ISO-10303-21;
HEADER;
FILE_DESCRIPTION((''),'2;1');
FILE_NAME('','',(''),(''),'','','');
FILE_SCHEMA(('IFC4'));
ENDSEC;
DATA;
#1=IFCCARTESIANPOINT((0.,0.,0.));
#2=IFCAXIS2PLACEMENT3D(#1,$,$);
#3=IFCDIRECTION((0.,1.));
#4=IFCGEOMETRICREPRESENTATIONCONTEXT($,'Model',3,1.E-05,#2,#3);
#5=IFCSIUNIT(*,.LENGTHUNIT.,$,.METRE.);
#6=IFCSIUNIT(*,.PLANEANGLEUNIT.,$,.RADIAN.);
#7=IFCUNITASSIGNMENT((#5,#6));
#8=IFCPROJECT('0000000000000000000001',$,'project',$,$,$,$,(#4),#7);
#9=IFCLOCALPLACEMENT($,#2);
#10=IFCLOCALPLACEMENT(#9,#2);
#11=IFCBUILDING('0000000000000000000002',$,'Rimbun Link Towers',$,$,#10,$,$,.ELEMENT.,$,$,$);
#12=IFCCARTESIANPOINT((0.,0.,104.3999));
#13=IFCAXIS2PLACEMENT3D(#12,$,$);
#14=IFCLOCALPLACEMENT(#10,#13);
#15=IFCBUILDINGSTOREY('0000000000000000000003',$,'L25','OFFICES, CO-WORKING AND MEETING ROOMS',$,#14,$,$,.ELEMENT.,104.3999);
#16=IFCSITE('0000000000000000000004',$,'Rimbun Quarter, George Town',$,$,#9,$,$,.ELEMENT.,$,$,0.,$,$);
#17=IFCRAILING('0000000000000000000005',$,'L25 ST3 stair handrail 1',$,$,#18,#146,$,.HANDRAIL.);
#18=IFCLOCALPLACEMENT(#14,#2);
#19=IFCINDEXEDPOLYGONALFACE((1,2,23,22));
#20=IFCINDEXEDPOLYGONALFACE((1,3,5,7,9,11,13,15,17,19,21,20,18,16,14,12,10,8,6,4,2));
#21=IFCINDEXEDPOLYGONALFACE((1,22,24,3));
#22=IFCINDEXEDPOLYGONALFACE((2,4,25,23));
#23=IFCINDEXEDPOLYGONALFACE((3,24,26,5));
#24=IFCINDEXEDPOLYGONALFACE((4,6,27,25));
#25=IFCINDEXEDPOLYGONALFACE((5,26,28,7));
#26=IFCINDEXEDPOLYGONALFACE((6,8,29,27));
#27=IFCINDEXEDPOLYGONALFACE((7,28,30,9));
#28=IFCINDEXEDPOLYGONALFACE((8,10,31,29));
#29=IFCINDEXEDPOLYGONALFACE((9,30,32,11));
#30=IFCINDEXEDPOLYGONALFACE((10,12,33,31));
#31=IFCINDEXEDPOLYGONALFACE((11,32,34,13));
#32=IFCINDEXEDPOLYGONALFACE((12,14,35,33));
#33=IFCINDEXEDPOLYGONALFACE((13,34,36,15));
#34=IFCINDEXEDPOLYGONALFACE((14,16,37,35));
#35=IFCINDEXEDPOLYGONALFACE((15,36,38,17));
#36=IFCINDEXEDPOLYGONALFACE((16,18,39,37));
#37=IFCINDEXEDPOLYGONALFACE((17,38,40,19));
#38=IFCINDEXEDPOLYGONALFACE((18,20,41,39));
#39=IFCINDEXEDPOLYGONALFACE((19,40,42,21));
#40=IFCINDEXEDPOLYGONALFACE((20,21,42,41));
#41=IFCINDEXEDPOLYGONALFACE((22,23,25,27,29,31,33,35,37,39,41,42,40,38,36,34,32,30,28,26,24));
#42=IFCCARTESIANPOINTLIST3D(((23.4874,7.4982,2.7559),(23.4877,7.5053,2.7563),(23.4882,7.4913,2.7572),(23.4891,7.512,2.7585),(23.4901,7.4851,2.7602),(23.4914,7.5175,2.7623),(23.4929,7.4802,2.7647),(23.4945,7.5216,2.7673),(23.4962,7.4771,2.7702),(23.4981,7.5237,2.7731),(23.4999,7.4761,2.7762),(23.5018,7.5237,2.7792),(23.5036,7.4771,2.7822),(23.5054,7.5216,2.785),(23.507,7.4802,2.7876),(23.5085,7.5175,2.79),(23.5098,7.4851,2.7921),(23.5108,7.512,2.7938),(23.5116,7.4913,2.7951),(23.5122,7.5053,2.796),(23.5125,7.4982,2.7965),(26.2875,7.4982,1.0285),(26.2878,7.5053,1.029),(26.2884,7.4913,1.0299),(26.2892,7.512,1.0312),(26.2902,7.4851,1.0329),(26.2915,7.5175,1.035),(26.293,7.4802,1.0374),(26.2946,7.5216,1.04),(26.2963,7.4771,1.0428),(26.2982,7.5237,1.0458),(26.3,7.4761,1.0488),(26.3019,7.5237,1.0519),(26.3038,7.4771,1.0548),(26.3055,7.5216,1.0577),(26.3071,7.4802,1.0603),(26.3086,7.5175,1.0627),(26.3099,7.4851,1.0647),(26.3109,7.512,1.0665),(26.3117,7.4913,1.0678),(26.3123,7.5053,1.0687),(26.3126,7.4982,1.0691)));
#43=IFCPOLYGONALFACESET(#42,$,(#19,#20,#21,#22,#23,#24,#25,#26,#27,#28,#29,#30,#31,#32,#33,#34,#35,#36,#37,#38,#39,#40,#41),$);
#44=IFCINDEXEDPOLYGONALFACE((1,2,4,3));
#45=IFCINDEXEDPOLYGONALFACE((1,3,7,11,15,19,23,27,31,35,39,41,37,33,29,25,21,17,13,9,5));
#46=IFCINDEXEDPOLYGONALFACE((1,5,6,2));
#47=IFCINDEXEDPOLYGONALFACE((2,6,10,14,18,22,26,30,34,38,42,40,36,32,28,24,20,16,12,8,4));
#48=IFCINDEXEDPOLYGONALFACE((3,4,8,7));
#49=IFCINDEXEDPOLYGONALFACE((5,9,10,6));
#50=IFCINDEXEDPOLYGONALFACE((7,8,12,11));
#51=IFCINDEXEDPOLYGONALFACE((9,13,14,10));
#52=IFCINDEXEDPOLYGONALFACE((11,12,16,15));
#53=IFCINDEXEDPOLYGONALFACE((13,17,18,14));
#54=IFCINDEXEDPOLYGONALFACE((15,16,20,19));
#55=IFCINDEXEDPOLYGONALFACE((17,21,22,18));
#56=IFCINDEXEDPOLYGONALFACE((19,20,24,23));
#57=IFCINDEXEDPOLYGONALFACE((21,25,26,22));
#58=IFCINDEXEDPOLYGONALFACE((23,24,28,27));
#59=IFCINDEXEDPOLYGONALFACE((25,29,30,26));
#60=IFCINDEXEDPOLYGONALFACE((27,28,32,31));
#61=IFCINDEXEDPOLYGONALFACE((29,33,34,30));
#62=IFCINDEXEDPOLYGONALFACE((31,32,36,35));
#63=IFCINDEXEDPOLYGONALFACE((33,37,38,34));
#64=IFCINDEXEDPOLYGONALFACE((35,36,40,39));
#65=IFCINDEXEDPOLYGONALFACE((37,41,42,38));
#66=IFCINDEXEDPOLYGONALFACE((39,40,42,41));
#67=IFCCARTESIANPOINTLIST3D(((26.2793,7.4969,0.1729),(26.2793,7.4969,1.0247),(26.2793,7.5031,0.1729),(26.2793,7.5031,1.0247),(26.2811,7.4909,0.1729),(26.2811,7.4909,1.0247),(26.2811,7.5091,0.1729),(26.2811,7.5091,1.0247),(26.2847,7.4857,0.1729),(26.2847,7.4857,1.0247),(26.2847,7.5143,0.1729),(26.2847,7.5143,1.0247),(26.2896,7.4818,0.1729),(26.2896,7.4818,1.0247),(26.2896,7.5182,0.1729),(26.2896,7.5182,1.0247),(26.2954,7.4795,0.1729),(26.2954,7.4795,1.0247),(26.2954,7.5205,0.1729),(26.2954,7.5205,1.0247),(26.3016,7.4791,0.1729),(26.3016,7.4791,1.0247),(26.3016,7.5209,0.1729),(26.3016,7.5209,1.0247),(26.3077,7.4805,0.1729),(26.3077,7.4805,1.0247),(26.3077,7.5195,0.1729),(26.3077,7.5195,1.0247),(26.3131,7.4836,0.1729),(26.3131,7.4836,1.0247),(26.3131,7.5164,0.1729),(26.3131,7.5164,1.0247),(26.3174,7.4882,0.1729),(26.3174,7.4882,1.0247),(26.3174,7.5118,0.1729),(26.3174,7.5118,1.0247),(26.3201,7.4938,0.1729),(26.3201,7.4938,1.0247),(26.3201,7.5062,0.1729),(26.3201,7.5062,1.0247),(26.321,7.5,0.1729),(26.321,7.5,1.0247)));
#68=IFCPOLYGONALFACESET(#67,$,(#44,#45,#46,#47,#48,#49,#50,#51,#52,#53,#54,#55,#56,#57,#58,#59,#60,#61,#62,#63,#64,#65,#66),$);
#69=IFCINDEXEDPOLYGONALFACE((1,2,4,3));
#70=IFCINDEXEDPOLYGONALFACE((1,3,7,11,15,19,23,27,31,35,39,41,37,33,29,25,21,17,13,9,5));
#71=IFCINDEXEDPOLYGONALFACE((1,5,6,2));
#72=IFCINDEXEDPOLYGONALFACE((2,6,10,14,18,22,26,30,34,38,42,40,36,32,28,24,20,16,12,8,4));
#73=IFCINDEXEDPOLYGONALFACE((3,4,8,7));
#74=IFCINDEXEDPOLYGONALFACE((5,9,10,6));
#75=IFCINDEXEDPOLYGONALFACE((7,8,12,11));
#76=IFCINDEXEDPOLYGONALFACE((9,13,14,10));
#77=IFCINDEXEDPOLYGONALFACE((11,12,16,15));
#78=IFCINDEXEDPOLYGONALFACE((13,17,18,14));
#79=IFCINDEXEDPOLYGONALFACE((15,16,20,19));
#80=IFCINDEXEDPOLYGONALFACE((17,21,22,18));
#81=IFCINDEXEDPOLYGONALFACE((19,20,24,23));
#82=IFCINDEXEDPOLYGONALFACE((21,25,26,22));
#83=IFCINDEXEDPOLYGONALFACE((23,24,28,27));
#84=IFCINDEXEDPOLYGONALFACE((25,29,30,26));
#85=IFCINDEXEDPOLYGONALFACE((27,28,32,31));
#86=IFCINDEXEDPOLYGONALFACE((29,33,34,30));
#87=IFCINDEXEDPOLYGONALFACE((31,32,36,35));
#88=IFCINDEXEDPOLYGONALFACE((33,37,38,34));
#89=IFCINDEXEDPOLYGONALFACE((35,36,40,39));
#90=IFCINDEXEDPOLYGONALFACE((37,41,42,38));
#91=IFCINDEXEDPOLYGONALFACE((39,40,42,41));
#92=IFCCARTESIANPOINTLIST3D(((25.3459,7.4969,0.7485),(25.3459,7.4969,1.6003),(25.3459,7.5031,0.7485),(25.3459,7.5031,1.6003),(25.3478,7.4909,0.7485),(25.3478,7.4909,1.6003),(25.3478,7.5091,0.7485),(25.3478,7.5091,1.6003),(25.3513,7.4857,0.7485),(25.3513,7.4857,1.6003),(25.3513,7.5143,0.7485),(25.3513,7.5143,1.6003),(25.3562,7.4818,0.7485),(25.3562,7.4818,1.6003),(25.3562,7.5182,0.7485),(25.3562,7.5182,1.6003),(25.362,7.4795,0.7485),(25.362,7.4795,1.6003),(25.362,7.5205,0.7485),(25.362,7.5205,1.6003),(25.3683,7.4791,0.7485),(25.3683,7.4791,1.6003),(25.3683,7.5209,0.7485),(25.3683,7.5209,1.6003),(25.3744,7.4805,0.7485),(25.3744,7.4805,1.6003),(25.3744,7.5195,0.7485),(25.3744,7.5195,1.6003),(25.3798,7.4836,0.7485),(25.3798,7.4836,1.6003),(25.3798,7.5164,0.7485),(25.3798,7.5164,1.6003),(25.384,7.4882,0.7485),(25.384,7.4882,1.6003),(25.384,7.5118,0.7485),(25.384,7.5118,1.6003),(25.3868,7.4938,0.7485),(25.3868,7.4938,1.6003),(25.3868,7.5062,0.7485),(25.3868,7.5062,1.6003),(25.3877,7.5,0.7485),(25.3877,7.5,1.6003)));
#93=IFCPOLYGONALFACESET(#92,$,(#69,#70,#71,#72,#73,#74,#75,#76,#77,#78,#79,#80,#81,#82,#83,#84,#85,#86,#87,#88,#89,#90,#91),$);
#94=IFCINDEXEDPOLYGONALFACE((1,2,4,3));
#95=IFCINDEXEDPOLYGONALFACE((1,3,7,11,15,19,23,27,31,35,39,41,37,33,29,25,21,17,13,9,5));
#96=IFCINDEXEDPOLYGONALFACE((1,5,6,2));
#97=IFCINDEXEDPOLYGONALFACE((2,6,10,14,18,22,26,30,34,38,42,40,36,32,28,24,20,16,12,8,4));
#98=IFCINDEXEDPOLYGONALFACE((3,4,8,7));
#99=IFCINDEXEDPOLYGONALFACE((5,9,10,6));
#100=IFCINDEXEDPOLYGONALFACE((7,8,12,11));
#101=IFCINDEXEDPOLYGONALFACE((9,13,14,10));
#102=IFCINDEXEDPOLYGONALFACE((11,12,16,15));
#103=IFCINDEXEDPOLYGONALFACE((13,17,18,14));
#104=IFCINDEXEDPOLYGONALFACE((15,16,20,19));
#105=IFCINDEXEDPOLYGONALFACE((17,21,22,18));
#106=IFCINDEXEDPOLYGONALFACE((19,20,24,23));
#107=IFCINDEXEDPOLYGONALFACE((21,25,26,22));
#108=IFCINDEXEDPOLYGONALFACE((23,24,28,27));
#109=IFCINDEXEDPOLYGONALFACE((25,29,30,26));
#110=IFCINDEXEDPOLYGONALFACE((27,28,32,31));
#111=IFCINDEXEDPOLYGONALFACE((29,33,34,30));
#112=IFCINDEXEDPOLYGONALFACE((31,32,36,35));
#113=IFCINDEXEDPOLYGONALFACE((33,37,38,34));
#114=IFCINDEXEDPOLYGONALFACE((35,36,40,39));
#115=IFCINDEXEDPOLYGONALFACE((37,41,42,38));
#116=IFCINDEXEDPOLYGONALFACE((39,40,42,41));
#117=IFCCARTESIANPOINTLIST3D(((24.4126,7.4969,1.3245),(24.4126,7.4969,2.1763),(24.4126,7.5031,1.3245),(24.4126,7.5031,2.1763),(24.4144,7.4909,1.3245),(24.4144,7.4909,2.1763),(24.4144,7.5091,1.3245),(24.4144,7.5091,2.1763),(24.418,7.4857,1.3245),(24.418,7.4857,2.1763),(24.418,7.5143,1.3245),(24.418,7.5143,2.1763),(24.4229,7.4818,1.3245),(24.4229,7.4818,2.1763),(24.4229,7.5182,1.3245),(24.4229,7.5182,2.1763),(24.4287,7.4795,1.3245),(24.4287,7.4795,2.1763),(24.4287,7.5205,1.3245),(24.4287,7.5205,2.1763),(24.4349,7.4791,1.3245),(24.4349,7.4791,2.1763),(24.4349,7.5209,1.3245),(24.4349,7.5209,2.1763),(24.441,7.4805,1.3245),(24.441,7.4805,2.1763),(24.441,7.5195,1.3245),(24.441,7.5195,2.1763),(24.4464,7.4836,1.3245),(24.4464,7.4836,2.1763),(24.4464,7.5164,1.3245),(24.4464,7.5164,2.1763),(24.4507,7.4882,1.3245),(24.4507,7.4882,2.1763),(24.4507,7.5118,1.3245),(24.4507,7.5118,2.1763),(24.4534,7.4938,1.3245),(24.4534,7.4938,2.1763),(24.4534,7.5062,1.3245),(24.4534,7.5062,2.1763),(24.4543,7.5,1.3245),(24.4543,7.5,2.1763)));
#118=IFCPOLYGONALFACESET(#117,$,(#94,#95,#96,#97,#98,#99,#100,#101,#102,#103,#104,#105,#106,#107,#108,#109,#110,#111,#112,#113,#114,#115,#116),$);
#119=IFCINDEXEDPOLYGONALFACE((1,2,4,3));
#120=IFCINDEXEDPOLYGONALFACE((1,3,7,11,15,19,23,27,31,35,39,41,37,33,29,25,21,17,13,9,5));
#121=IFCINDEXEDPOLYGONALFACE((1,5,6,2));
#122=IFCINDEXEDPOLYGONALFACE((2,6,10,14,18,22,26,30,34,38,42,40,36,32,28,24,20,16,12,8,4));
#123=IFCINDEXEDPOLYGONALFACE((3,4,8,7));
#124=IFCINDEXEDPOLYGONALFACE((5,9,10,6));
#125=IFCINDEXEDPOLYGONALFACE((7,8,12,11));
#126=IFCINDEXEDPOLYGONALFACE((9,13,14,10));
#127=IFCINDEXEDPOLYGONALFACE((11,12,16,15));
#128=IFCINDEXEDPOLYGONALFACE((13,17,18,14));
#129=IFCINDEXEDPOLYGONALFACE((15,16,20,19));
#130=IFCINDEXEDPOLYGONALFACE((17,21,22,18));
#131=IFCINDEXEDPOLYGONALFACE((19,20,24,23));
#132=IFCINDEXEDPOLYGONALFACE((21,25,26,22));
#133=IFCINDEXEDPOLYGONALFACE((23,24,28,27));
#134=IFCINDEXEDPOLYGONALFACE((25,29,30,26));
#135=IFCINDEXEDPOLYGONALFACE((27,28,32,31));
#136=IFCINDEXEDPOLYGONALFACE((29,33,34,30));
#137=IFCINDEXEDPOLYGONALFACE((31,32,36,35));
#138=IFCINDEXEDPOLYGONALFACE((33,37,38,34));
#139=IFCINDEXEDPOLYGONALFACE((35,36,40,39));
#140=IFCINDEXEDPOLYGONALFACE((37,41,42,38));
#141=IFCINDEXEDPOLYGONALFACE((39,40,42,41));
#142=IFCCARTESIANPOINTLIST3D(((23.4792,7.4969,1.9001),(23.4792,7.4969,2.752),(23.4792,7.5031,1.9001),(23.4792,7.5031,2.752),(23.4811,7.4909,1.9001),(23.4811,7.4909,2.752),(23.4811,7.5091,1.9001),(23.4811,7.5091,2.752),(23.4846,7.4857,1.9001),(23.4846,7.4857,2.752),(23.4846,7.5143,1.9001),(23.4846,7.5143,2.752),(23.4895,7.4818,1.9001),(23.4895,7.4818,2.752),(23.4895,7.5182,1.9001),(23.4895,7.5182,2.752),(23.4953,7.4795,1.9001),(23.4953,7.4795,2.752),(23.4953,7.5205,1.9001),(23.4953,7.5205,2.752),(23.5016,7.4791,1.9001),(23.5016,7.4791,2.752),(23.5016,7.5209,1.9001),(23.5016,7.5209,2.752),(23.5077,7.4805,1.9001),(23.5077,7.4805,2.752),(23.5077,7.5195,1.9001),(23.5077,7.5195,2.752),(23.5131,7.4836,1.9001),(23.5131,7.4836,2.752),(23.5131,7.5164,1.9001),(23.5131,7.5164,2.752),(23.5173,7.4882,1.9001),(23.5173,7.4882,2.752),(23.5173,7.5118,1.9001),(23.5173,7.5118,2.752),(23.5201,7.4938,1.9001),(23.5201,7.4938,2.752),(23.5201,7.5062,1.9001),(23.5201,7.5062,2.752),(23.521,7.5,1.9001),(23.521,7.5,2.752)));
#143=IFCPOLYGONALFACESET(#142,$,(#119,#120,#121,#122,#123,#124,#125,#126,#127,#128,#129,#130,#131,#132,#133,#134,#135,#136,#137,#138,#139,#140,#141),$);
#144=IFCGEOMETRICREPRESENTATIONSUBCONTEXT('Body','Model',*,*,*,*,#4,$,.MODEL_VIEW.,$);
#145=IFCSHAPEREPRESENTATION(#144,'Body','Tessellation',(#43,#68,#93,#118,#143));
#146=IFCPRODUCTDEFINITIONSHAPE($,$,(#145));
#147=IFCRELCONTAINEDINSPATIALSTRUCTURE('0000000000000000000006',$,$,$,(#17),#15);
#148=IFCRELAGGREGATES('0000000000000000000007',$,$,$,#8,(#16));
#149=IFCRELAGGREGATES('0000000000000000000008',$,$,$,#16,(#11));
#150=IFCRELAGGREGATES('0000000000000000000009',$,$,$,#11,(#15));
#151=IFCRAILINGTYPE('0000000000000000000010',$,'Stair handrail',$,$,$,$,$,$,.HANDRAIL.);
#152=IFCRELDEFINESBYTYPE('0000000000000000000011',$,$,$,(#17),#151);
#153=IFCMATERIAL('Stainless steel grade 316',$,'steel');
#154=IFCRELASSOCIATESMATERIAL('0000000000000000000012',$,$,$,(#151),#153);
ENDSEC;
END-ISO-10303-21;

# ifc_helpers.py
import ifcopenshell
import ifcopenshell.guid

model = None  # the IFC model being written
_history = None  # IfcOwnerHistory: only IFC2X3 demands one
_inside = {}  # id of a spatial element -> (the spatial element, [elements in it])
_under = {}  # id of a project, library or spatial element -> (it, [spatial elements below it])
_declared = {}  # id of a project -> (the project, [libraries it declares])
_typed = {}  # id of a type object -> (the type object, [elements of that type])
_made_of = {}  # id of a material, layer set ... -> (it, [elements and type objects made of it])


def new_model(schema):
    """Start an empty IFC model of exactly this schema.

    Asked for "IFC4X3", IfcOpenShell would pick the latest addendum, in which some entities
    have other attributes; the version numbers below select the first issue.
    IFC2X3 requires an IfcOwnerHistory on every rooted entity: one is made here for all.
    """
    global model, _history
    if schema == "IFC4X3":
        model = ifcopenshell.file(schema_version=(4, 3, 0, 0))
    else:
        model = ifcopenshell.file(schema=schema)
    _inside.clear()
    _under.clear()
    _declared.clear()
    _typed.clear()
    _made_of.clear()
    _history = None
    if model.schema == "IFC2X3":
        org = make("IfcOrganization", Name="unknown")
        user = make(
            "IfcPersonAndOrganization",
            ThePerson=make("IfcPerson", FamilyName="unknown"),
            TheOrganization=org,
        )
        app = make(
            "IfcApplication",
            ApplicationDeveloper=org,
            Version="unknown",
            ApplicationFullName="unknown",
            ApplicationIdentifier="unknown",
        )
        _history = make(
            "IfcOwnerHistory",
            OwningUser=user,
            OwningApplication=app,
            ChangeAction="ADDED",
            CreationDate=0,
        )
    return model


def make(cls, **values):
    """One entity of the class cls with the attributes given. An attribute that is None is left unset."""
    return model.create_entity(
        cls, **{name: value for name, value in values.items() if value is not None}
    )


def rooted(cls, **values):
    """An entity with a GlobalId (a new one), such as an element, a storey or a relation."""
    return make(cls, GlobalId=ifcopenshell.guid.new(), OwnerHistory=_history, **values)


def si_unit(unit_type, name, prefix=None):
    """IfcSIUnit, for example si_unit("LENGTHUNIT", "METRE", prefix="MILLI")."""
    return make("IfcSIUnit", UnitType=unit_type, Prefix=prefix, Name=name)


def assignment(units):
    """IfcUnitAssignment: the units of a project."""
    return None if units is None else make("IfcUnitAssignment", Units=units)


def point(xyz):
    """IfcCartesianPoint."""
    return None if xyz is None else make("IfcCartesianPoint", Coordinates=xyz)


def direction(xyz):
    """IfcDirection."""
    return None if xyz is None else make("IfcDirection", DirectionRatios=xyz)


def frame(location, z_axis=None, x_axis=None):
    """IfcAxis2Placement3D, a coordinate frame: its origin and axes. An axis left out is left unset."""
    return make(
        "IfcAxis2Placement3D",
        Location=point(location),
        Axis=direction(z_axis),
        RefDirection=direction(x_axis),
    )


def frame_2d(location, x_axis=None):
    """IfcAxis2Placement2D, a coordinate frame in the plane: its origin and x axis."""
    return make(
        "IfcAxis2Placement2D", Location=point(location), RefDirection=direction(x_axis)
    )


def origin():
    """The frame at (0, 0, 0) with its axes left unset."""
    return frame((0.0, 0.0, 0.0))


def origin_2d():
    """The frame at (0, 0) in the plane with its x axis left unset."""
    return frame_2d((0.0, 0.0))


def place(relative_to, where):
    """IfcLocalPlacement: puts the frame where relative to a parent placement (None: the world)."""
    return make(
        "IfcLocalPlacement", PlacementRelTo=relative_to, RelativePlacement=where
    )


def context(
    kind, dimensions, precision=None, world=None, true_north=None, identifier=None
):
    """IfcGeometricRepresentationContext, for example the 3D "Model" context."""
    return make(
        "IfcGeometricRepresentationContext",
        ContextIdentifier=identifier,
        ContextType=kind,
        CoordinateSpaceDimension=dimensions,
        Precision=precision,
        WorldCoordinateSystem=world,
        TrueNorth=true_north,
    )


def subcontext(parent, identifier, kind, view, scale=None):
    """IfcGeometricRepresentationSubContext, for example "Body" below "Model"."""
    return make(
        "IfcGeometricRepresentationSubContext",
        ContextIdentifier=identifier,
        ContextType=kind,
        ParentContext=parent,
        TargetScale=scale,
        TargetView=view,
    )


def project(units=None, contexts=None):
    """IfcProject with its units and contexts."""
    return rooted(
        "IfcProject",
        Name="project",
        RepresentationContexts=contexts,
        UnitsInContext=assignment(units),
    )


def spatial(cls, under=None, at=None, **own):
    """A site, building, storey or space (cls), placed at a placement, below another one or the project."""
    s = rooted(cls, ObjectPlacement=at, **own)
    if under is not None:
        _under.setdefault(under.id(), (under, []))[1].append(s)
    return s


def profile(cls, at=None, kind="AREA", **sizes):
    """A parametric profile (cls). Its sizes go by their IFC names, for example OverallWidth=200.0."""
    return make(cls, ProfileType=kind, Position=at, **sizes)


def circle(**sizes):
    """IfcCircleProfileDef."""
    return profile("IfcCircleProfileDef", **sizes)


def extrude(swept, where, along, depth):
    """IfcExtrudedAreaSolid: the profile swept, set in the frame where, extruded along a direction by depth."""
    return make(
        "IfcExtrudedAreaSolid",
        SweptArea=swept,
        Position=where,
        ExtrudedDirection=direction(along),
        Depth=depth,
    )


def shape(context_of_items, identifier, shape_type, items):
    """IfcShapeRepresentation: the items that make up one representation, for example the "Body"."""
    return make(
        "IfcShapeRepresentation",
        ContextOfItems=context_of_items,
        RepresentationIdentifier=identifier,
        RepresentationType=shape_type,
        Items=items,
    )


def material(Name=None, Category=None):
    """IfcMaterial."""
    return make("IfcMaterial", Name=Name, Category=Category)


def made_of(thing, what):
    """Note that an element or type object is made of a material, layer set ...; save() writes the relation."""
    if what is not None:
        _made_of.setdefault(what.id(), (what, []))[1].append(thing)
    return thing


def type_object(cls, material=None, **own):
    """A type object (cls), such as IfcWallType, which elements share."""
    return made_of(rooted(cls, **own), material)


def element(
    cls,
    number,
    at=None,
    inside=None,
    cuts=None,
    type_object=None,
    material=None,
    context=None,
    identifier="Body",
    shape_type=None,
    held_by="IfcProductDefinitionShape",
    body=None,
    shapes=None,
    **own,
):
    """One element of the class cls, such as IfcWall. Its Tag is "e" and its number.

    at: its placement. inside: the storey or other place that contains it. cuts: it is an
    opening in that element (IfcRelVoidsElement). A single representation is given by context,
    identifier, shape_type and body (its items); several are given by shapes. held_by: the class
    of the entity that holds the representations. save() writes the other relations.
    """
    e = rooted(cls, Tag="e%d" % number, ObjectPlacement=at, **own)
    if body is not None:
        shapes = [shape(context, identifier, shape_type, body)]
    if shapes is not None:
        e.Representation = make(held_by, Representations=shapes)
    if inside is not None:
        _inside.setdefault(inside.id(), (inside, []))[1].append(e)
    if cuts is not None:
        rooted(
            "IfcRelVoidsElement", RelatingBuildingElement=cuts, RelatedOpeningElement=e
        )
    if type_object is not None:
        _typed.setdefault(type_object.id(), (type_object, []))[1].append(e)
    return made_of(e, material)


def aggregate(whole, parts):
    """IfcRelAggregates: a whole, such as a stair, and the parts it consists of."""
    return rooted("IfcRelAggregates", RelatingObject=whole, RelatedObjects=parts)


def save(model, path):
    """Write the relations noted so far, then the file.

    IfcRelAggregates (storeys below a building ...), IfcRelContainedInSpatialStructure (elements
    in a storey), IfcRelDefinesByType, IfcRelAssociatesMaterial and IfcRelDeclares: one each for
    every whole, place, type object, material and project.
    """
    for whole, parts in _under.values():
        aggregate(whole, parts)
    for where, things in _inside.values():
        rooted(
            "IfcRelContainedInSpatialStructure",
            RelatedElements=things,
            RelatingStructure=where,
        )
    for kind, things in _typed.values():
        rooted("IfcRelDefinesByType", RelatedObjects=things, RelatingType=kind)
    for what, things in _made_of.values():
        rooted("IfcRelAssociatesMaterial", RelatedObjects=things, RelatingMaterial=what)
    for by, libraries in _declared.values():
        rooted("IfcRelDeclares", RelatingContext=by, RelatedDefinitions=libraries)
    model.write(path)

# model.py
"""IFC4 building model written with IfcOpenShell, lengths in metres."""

from ifc_helpers import new_model, si_unit, direction, frame, origin, origin_2d, place, context, subcontext, project, spatial, circle, extrude, material, type_object, element, save


model = new_model("IFC4")

# Units and contexts
model_context = context("Model", 3, precision=1e-05, world=origin(), true_north=direction((0.0, 1.0)))
body_context = subcontext(model_context, "Body", "Model", "MODEL_VIEW")
ifc_project = project(units=[si_unit("LENGTHUNIT", "METRE"), si_unit("PLANEANGLEUNIT", "RADIAN")], contexts=[model_context])

# Site, building, storey
site_placement = place(None, origin())
site = spatial("IfcSite", under=ifc_project, at=site_placement, Name="Rimbun Quarter, George Town", CompositionType="ELEMENT", RefElevation=0.0)
building_placement = place(site_placement, origin())
building = spatial("IfcBuilding", under=site, at=building_placement, Name="Rimbun Link Towers", CompositionType="ELEMENT")
storey_placement = place(building_placement, frame((0.0, 0.0, 104.3999)))
storey = spatial("IfcBuildingStorey", under=building, at=storey_placement, Name="L25", Description="OFFICES, CO-WORKING AND MEETING ROOMS", CompositionType="ELEMENT", Elevation=104.3999)

# Railing
ifc_material_1 = material(Name="Stainless steel grade 316", Category="steel")
railing_type_1 = type_object("IfcRailingType", Name="Stair handrail", PredefinedType="HANDRAIL", material=ifc_material_1)
railing_1_placement = place(storey_placement, frame((26.3, 7.5, 0.1729)))
element("IfcRailing", 1, at=railing_1_placement, inside=storey, type_object=railing_type_1, Name="L25 ST3 stair handrail 1", PredefinedType="HANDRAIL", context=body_context, shape_type="SweptSolid", body=[
    extrude(circle(Radius=0.0239, at=origin_2d()), frame((0.0, 0.0, 0.876), z_axis=(-0.85109, 0.0, 0.52502), x_axis=(0.0, -1.0, 0.0)), (0.0, 0.0, 1.0), 3.29),
    extrude(circle(Radius=0.021, at=origin_2d()), origin(), (0.0, 0.0, 1.0), 0.8518),
    extrude(circle(Radius=0.021, at=origin_2d()), frame((-0.9333, 0.0, 0.5757)), (0.0, 0.0, 1.0), 0.8518),
    extrude(circle(Radius=0.021, at=origin_2d()), frame((-1.8667, 0.0, 1.1516)), (0.0, 0.0, 1.0), 0.8518),
    extrude(circle(Radius=0.021, at=origin_2d()), frame((-2.8, 0.0, 1.7273)), (0.0, 0.0, 1.0), 0.8518),
])

save(model, "model.ifc")
